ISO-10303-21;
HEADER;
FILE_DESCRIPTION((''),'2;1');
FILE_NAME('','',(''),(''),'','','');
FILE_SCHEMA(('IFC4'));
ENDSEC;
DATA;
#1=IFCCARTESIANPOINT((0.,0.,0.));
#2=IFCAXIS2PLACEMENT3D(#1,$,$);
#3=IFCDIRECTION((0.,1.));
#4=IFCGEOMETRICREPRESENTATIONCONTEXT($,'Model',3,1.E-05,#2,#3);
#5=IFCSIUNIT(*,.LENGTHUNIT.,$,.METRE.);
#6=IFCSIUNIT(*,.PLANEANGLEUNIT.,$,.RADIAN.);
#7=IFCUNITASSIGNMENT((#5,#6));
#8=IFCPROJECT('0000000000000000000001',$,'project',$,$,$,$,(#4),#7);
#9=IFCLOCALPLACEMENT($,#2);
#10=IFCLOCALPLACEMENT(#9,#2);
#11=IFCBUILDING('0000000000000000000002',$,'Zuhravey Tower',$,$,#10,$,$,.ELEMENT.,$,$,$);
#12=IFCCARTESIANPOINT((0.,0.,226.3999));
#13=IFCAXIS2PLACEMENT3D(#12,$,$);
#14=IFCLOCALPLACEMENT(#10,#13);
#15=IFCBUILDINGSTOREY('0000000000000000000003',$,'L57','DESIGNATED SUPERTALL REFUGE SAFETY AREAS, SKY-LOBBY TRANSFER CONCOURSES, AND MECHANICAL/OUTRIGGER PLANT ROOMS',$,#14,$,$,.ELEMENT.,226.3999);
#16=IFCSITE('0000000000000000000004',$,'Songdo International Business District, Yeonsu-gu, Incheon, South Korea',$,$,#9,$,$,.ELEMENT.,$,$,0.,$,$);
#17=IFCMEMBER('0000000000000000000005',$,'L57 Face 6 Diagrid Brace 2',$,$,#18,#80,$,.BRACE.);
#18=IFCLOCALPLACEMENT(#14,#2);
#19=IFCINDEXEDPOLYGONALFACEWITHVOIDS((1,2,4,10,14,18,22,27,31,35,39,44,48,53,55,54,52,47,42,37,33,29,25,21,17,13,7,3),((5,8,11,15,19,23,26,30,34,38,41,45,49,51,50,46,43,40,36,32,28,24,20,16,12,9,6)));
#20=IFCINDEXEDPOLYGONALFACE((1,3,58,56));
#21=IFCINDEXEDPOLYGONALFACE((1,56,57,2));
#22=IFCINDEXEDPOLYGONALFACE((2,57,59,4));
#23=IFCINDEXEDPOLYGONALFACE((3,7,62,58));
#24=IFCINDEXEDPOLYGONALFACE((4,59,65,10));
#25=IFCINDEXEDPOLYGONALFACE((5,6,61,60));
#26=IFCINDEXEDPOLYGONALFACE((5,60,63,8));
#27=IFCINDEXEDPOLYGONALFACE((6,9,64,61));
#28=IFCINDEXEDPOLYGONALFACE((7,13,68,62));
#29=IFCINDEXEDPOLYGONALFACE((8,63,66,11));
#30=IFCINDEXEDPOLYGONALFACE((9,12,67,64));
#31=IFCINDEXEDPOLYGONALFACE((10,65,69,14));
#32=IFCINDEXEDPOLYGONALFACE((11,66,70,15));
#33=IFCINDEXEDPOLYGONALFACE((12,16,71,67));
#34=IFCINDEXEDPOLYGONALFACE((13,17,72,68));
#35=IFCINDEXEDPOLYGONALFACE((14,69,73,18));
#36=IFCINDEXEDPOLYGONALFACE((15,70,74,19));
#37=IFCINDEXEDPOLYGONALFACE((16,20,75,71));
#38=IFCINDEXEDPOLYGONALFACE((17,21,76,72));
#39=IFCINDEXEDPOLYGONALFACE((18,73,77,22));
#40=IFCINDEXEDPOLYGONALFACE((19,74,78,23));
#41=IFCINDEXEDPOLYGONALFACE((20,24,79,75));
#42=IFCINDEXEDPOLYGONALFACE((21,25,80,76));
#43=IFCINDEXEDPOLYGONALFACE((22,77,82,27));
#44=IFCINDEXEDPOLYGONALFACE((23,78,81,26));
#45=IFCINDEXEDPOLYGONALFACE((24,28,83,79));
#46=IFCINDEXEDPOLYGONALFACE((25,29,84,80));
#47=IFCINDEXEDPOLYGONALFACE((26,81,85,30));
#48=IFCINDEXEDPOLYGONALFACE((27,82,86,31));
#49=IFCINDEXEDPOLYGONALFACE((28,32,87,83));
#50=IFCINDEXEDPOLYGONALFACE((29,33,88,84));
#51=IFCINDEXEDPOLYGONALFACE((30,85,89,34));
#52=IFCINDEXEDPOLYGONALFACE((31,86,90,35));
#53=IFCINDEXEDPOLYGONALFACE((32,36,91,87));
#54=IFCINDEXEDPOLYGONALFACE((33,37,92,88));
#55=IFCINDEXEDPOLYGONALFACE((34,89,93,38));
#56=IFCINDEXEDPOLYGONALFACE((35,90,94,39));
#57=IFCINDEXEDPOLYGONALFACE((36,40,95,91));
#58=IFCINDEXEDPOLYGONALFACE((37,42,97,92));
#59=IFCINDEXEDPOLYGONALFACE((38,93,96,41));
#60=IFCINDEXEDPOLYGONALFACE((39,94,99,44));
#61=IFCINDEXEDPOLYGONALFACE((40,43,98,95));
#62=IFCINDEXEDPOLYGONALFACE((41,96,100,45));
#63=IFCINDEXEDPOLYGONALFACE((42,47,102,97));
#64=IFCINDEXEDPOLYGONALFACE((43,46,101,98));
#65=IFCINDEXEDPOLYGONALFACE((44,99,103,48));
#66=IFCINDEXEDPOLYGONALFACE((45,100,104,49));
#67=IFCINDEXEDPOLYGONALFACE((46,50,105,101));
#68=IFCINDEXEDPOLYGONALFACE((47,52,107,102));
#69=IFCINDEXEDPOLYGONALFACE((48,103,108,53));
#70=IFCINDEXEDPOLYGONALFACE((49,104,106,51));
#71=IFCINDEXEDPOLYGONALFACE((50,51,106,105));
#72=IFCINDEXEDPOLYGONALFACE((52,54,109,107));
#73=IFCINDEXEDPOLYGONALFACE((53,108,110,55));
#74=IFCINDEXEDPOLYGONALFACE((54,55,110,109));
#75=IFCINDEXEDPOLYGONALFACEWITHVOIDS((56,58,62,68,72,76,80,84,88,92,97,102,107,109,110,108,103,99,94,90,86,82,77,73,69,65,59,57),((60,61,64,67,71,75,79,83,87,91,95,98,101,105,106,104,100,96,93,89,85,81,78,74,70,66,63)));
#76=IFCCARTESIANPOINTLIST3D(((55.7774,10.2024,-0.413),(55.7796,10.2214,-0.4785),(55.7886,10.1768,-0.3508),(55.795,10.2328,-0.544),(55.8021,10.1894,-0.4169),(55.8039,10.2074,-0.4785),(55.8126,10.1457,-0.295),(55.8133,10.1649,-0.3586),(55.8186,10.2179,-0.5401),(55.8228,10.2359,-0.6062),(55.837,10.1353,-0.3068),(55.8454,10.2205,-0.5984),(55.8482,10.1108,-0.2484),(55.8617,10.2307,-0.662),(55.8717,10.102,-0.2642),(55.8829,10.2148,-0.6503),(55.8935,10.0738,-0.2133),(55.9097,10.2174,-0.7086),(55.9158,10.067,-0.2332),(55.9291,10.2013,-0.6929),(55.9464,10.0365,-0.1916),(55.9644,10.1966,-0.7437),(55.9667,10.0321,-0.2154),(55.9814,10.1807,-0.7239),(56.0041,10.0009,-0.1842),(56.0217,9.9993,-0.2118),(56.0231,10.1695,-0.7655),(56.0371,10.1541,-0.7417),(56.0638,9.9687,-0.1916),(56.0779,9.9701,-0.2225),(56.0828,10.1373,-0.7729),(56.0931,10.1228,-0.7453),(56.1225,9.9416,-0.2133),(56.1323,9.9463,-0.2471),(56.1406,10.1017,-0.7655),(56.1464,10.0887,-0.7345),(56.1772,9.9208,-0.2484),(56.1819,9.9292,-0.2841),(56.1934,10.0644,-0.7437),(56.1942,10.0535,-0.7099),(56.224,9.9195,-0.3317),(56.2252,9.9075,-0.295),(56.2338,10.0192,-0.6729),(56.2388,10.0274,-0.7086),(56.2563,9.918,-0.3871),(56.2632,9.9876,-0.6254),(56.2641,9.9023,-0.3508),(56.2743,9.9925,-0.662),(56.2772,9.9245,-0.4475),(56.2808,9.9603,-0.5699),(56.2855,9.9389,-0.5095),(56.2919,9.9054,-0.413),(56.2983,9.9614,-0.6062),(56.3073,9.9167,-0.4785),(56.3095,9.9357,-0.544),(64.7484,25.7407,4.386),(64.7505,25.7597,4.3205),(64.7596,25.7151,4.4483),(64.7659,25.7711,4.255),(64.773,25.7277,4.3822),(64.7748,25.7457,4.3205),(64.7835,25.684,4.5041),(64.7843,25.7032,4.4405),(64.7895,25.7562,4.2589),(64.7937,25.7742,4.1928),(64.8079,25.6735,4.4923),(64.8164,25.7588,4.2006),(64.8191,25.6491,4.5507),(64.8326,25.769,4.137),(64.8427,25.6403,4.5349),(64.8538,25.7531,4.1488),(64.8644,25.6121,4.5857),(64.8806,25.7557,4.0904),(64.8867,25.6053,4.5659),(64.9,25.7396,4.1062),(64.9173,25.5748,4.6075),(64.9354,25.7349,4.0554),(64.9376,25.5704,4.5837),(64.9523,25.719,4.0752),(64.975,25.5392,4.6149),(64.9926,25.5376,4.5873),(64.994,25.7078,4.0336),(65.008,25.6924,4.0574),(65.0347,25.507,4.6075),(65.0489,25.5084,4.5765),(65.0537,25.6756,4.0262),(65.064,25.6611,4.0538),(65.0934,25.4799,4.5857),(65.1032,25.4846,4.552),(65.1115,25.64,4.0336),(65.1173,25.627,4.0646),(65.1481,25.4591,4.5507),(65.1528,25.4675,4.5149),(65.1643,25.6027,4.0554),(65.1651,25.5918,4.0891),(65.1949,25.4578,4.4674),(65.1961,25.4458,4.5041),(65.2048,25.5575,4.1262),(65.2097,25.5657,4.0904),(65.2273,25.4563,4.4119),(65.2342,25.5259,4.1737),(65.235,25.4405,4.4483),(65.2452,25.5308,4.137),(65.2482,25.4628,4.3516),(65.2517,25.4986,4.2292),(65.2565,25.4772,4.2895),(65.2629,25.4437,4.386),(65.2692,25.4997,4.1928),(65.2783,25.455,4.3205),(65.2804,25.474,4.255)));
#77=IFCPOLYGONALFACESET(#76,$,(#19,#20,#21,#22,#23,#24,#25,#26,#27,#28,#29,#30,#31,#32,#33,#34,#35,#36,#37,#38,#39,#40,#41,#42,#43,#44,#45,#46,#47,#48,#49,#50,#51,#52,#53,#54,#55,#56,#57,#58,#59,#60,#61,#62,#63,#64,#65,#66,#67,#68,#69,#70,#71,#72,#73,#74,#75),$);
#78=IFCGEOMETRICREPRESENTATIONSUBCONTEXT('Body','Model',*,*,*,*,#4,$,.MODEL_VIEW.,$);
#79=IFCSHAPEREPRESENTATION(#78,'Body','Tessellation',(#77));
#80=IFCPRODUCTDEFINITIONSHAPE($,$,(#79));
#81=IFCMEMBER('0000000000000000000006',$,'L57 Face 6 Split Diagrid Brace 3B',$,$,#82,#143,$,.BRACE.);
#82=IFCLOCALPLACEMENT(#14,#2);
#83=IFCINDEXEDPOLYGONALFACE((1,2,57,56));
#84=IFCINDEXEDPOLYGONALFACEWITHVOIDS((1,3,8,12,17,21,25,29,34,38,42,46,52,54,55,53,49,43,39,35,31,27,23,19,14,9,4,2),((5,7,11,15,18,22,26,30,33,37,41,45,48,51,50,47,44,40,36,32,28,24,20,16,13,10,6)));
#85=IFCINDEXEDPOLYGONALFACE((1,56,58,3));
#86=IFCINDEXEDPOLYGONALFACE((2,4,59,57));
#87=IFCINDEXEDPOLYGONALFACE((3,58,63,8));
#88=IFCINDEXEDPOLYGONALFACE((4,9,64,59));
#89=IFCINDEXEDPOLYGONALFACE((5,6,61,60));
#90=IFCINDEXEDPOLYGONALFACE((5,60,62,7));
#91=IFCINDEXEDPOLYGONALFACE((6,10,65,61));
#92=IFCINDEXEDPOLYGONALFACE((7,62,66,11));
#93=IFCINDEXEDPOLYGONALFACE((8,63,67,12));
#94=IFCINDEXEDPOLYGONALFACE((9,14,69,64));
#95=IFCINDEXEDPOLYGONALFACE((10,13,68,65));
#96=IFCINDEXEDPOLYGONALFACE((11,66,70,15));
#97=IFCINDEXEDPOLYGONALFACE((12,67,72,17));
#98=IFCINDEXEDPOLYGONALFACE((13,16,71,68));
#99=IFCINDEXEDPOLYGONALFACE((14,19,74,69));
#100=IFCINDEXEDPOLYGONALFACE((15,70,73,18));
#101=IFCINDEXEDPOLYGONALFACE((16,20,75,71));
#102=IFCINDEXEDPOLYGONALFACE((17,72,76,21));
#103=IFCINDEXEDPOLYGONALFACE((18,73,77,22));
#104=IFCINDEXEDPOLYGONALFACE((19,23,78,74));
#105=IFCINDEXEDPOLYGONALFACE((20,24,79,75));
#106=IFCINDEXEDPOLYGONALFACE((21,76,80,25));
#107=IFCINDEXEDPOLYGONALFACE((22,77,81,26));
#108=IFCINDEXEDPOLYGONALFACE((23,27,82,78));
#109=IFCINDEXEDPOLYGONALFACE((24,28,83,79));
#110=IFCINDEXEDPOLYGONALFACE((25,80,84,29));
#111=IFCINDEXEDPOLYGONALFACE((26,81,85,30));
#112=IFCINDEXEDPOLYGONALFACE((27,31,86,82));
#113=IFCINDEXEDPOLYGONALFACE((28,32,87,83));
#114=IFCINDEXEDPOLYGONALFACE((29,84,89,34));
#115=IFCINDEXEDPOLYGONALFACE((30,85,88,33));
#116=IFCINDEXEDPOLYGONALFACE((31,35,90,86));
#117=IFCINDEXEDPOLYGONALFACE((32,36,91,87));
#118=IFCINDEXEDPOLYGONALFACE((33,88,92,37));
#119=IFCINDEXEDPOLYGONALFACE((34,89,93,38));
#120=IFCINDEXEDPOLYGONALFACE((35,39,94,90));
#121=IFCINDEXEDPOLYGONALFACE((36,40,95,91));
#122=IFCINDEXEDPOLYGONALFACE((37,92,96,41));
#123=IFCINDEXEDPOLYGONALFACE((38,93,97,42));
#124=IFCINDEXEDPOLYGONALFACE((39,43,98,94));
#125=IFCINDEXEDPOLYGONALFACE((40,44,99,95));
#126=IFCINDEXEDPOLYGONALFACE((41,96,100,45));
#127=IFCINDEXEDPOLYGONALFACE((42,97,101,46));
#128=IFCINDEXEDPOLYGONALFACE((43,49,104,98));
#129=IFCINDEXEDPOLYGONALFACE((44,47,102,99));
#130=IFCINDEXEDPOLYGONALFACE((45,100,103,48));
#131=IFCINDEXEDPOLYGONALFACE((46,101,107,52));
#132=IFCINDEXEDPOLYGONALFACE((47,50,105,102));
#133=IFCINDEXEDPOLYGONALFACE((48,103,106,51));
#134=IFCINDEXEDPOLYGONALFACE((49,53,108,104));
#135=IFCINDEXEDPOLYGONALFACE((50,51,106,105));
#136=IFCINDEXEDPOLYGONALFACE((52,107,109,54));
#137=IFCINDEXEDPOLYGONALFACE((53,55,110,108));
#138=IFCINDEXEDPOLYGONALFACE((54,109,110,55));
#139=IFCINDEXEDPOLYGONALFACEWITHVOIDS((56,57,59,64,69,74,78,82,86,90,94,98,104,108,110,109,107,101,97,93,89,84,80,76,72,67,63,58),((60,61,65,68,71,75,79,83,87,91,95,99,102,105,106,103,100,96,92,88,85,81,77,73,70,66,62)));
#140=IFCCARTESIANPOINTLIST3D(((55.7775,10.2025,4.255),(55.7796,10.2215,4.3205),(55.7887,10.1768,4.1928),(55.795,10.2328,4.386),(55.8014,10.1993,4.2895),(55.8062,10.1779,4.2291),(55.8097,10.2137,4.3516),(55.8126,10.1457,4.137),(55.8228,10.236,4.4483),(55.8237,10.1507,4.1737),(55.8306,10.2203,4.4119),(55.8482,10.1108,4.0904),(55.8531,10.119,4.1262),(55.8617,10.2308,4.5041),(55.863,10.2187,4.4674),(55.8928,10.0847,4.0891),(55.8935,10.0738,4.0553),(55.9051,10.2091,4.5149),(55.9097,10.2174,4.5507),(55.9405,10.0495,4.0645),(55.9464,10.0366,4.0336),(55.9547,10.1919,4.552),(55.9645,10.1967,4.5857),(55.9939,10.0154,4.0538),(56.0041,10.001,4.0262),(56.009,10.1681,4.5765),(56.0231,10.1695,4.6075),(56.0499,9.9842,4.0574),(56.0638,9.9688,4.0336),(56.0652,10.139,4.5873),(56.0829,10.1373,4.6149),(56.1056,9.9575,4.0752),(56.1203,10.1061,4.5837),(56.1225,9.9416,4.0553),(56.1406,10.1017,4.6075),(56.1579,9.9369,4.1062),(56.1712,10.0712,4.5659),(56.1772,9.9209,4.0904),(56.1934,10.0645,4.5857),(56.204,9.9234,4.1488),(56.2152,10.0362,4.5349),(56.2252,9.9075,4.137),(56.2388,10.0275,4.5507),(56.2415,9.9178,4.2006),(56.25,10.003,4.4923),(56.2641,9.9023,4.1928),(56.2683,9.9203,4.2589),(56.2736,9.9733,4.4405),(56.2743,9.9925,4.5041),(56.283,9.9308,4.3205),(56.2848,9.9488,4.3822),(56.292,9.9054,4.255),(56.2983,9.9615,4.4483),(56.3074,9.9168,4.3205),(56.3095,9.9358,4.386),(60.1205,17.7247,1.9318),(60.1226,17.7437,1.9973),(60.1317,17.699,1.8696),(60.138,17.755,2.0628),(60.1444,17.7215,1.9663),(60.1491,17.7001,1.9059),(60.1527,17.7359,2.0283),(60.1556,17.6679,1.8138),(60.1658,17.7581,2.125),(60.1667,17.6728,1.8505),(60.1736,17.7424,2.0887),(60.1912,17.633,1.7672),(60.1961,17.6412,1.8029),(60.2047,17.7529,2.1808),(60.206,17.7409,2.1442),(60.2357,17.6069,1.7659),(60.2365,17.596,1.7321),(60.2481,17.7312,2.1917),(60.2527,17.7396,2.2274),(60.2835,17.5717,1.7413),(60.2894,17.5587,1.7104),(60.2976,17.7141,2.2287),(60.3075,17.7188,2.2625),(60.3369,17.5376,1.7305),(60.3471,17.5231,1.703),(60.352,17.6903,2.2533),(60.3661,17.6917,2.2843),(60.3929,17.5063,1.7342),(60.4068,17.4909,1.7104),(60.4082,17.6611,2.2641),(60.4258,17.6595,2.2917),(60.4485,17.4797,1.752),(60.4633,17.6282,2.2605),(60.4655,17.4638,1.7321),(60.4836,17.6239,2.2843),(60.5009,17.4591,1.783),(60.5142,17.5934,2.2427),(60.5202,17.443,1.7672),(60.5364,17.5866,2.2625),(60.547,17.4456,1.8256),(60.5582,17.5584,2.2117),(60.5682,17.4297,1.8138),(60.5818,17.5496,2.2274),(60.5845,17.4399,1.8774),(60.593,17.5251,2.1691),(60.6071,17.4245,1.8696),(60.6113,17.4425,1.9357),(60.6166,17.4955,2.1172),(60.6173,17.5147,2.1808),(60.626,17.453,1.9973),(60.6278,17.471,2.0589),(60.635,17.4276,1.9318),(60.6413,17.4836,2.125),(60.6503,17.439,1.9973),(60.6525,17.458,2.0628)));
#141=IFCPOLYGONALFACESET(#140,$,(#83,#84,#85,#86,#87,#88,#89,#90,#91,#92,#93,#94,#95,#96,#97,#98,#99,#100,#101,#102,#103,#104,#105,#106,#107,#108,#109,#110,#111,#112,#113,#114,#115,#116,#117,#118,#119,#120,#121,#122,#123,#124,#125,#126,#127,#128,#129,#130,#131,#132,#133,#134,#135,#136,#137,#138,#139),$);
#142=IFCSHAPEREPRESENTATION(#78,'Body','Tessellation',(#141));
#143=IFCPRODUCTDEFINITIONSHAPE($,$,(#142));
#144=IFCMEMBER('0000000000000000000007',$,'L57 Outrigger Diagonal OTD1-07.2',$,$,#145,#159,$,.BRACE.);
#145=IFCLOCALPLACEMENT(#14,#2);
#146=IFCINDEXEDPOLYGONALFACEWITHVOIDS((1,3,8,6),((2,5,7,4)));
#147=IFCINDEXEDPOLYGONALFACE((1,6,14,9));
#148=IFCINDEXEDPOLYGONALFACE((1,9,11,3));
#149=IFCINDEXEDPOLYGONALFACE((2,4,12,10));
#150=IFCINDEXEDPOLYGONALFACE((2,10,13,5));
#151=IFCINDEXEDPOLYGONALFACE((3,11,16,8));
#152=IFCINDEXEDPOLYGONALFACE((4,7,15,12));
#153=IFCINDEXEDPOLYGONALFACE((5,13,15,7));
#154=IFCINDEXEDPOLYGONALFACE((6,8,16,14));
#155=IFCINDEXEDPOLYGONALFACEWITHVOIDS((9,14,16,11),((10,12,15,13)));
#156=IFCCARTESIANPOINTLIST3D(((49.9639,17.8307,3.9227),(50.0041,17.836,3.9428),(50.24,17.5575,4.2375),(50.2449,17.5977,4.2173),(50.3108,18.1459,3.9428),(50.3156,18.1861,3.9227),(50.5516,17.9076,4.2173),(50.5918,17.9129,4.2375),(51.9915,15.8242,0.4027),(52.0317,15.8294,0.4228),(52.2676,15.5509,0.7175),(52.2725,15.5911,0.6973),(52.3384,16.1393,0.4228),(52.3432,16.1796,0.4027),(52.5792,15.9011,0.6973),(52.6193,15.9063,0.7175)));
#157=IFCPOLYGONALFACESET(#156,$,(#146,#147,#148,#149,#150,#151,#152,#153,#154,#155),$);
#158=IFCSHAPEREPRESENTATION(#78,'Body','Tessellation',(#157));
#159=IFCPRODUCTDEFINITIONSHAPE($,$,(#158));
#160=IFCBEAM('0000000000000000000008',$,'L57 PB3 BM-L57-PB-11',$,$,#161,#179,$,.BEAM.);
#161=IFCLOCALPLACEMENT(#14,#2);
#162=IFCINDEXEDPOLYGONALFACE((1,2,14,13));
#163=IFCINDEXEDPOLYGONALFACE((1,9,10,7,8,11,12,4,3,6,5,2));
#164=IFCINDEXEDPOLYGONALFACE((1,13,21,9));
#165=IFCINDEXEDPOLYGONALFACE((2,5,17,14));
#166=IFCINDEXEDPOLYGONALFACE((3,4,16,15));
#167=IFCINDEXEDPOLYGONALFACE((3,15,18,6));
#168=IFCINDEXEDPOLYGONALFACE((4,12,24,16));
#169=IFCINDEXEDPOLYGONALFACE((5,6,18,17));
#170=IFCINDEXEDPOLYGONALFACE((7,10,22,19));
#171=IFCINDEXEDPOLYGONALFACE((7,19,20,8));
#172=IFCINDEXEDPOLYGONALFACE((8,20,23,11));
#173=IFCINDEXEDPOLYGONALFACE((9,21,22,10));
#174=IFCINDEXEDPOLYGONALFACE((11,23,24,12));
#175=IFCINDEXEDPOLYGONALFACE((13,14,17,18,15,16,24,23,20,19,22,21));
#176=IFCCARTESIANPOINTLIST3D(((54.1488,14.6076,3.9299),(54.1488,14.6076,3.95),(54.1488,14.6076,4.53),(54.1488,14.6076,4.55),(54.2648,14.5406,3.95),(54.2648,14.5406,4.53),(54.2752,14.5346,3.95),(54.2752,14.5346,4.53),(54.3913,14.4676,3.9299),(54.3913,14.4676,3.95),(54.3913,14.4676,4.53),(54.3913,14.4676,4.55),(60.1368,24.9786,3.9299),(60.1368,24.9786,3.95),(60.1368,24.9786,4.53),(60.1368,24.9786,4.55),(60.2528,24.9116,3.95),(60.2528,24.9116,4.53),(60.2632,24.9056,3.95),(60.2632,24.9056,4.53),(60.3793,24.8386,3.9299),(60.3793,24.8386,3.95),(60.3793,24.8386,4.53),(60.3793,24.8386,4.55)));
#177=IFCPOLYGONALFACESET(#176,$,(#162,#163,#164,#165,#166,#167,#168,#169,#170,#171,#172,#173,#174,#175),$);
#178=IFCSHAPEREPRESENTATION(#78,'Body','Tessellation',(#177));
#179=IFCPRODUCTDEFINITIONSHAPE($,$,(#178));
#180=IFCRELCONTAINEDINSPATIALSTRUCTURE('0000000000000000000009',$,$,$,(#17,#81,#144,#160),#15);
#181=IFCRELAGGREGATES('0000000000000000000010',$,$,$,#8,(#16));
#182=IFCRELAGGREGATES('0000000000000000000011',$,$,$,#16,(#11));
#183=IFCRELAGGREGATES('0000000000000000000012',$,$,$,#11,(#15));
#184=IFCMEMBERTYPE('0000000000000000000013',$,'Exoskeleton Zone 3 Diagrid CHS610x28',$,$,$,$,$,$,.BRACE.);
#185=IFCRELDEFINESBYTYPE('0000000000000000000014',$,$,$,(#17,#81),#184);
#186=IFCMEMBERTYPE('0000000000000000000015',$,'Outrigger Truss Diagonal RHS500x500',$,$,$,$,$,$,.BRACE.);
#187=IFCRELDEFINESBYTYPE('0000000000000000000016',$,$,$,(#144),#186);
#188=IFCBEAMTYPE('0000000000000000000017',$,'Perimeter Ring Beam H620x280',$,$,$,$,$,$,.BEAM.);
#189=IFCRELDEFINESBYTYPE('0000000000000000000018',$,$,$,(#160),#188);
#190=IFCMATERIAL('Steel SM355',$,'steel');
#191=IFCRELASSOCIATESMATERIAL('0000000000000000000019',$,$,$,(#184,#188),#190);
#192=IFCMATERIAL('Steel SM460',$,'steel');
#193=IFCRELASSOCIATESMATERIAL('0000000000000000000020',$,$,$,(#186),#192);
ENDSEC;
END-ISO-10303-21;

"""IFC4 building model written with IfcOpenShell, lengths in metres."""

from ifc_helpers import new_model, si_unit, direction, frame, origin, origin_2d, place, context, subcontext, project, spatial, hollow_rectangle, hollow_circle, i_section, extrude, material, material_profile, profile_set, type_object, element, save


model = new_model("IFC4")

# Units and contexts
model_context = context("Model", 3, precision=1e-05, world=origin(), true_north=direction((0.0, 1.0)))
body_context = subcontext(model_context, "Body", "Model", "MODEL_VIEW")
ifc_project = project(units=[si_unit("LENGTHUNIT", "METRE"), si_unit("PLANEANGLEUNIT", "RADIAN")], contexts=[model_context])

# Site, building, storey
site_placement = place(None, origin())
site = spatial("IfcSite", under=ifc_project, at=site_placement, Name="Songdo International Business District, Yeonsu-gu, Incheon, South Korea", CompositionType="ELEMENT", RefElevation=0.0)
building_placement = place(site_placement, origin())
building = spatial("IfcBuilding", under=site, at=building_placement, Name="Zuhravey Tower", CompositionType="ELEMENT")
storey_placement = place(building_placement, frame((0.0, 0.0, 226.3999)))
storey = spatial("IfcBuildingStorey", under=building, at=storey_placement, Name="L57", Description="DESIGNATED SUPERTALL REFUGE SAFETY AREAS, SKY-LOBBY TRANSFER CONCOURSES, AND MECHANICAL/OUTRIGGER PLANT ROOMS", CompositionType="ELEMENT", Elevation=226.3999)

# Shared definitions
ifc_material_1 = material(Name="Steel SM355", Category="steel")

# Shared definitions
ifc_material_2 = material(Name="Steel SM460", Category="steel")

# Members
ifc_material_profile_1 = material_profile(ifc_material_1, hollow_circle(Radius=0.3047, WallThickness=0.0281, at=origin_2d()), Name="CHS-609.6x28")
ifc_profile_set_1 = profile_set([ifc_material_profile_1], Name="Steel SM355")
member_type_1 = type_object("IfcMemberType", Name="Exoskeleton Zone 3 Diagrid CHS610x28", PredefinedType="BRACE", material=ifc_profile_set_1)
member_1_placement = place(storey_placement, frame((56.0435, 10.0691, -0.4785), z_axis=(0.483015, 0.836618, 0.258393), x_axis=(-0.866028, 0.499995, 0.0)))
element("IfcMember", 1, at=member_1_placement, inside=storey, type_object=member_type_1, Name="L57 Face 6 Diagrid Brace 2", PredefinedType="BRACE", context=body_context, shape_type="SweptSolid", body=[
    extrude(hollow_circle(Radius=0.3047, WallThickness=0.0281, at=origin_2d()), origin(), (0.0, 0.0, 1.0), 18.5728),
])
member_2_placement = place(storey_placement, frame((60.3865, 17.5913, 1.9973), z_axis=(-0.483026, -0.836613, 0.258389), x_axis=(0.866022, -0.500005, 0.0)))
element("IfcMember", 2, at=member_2_placement, inside=storey, type_object=member_type_1, Name="L57 Face 6 Split Diagrid Brace 3B", PredefinedType="BRACE", context=body_context, shape_type="SweptSolid", body=[
    extrude(hollow_circle(Radius=0.3047, WallThickness=0.0281, at=origin_2d()), origin(), (0.0, 0.0, 1.0), 8.9912),
])
ifc_material_profile_2 = material_profile(ifc_material_2, hollow_rectangle(XDim=0.5, YDim=0.5, WallThickness=0.032, at=origin_2d()), Name="RHS-500x500x32")
ifc_profile_set_2 = profile_set([ifc_material_profile_2], Name="Steel SM460")
member_type_2 = type_object("IfcMemberType", Name="Outrigger Truss Diagonal RHS500x500", PredefinedType="BRACE", material=ifc_profile_set_2)
member_3_placement = place(storey_placement, frame((52.3054, 15.8652, 0.5601), z_axis=(-0.447513, 0.442879, 0.776911), x_axis=(-0.703417, -0.710777, 0.0)))
element("IfcMember", 3, at=member_3_placement, inside=storey, type_object=member_type_2, Name="L57 Outrigger Diagonal OTD1-07.2", PredefinedType="BRACE", context=body_context, shape_type="SweptSolid", body=[
    extrude(hollow_rectangle(XDim=0.5, YDim=0.5, WallThickness=0.032, at=origin_2d()), origin(), (0.0, 0.0, 1.0), 4.5308),
])

# Beam
ifc_material_profile_3 = material_profile(ifc_material_1, i_section(OverallWidth=0.28, OverallDepth=0.6201, WebThickness=0.012, FlangeThickness=0.02, at=origin_2d()), Name="H-620x280x12x20")
ifc_profile_set_3 = profile_set([ifc_material_profile_3], Name="Steel SM355")
beam_type_1 = type_object("IfcBeamType", Name="Perimeter Ring Beam H620x280", PredefinedType="BEAM", material=ifc_profile_set_3)
beam_1_placement = place(storey_placement, frame((54.27, 14.5376, 4.24), z_axis=(0.500018, 0.866015, 0.0), x_axis=(-0.866015, 0.500018, 0.0)))
element("IfcBeam", 4, at=beam_1_placement, inside=storey, type_object=beam_type_1, Name="L57 PB3 BM-L57-PB-11", PredefinedType="BEAM", context=body_context, shape_type="SweptSolid", body=[
    extrude(i_section(OverallWidth=0.28, OverallDepth=0.6201, WebThickness=0.012, FlangeThickness=0.02, at=origin_2d()), origin(), (0.0, 0.0, 1.0), 11.9756),
])

save(model, "model.ifc")
